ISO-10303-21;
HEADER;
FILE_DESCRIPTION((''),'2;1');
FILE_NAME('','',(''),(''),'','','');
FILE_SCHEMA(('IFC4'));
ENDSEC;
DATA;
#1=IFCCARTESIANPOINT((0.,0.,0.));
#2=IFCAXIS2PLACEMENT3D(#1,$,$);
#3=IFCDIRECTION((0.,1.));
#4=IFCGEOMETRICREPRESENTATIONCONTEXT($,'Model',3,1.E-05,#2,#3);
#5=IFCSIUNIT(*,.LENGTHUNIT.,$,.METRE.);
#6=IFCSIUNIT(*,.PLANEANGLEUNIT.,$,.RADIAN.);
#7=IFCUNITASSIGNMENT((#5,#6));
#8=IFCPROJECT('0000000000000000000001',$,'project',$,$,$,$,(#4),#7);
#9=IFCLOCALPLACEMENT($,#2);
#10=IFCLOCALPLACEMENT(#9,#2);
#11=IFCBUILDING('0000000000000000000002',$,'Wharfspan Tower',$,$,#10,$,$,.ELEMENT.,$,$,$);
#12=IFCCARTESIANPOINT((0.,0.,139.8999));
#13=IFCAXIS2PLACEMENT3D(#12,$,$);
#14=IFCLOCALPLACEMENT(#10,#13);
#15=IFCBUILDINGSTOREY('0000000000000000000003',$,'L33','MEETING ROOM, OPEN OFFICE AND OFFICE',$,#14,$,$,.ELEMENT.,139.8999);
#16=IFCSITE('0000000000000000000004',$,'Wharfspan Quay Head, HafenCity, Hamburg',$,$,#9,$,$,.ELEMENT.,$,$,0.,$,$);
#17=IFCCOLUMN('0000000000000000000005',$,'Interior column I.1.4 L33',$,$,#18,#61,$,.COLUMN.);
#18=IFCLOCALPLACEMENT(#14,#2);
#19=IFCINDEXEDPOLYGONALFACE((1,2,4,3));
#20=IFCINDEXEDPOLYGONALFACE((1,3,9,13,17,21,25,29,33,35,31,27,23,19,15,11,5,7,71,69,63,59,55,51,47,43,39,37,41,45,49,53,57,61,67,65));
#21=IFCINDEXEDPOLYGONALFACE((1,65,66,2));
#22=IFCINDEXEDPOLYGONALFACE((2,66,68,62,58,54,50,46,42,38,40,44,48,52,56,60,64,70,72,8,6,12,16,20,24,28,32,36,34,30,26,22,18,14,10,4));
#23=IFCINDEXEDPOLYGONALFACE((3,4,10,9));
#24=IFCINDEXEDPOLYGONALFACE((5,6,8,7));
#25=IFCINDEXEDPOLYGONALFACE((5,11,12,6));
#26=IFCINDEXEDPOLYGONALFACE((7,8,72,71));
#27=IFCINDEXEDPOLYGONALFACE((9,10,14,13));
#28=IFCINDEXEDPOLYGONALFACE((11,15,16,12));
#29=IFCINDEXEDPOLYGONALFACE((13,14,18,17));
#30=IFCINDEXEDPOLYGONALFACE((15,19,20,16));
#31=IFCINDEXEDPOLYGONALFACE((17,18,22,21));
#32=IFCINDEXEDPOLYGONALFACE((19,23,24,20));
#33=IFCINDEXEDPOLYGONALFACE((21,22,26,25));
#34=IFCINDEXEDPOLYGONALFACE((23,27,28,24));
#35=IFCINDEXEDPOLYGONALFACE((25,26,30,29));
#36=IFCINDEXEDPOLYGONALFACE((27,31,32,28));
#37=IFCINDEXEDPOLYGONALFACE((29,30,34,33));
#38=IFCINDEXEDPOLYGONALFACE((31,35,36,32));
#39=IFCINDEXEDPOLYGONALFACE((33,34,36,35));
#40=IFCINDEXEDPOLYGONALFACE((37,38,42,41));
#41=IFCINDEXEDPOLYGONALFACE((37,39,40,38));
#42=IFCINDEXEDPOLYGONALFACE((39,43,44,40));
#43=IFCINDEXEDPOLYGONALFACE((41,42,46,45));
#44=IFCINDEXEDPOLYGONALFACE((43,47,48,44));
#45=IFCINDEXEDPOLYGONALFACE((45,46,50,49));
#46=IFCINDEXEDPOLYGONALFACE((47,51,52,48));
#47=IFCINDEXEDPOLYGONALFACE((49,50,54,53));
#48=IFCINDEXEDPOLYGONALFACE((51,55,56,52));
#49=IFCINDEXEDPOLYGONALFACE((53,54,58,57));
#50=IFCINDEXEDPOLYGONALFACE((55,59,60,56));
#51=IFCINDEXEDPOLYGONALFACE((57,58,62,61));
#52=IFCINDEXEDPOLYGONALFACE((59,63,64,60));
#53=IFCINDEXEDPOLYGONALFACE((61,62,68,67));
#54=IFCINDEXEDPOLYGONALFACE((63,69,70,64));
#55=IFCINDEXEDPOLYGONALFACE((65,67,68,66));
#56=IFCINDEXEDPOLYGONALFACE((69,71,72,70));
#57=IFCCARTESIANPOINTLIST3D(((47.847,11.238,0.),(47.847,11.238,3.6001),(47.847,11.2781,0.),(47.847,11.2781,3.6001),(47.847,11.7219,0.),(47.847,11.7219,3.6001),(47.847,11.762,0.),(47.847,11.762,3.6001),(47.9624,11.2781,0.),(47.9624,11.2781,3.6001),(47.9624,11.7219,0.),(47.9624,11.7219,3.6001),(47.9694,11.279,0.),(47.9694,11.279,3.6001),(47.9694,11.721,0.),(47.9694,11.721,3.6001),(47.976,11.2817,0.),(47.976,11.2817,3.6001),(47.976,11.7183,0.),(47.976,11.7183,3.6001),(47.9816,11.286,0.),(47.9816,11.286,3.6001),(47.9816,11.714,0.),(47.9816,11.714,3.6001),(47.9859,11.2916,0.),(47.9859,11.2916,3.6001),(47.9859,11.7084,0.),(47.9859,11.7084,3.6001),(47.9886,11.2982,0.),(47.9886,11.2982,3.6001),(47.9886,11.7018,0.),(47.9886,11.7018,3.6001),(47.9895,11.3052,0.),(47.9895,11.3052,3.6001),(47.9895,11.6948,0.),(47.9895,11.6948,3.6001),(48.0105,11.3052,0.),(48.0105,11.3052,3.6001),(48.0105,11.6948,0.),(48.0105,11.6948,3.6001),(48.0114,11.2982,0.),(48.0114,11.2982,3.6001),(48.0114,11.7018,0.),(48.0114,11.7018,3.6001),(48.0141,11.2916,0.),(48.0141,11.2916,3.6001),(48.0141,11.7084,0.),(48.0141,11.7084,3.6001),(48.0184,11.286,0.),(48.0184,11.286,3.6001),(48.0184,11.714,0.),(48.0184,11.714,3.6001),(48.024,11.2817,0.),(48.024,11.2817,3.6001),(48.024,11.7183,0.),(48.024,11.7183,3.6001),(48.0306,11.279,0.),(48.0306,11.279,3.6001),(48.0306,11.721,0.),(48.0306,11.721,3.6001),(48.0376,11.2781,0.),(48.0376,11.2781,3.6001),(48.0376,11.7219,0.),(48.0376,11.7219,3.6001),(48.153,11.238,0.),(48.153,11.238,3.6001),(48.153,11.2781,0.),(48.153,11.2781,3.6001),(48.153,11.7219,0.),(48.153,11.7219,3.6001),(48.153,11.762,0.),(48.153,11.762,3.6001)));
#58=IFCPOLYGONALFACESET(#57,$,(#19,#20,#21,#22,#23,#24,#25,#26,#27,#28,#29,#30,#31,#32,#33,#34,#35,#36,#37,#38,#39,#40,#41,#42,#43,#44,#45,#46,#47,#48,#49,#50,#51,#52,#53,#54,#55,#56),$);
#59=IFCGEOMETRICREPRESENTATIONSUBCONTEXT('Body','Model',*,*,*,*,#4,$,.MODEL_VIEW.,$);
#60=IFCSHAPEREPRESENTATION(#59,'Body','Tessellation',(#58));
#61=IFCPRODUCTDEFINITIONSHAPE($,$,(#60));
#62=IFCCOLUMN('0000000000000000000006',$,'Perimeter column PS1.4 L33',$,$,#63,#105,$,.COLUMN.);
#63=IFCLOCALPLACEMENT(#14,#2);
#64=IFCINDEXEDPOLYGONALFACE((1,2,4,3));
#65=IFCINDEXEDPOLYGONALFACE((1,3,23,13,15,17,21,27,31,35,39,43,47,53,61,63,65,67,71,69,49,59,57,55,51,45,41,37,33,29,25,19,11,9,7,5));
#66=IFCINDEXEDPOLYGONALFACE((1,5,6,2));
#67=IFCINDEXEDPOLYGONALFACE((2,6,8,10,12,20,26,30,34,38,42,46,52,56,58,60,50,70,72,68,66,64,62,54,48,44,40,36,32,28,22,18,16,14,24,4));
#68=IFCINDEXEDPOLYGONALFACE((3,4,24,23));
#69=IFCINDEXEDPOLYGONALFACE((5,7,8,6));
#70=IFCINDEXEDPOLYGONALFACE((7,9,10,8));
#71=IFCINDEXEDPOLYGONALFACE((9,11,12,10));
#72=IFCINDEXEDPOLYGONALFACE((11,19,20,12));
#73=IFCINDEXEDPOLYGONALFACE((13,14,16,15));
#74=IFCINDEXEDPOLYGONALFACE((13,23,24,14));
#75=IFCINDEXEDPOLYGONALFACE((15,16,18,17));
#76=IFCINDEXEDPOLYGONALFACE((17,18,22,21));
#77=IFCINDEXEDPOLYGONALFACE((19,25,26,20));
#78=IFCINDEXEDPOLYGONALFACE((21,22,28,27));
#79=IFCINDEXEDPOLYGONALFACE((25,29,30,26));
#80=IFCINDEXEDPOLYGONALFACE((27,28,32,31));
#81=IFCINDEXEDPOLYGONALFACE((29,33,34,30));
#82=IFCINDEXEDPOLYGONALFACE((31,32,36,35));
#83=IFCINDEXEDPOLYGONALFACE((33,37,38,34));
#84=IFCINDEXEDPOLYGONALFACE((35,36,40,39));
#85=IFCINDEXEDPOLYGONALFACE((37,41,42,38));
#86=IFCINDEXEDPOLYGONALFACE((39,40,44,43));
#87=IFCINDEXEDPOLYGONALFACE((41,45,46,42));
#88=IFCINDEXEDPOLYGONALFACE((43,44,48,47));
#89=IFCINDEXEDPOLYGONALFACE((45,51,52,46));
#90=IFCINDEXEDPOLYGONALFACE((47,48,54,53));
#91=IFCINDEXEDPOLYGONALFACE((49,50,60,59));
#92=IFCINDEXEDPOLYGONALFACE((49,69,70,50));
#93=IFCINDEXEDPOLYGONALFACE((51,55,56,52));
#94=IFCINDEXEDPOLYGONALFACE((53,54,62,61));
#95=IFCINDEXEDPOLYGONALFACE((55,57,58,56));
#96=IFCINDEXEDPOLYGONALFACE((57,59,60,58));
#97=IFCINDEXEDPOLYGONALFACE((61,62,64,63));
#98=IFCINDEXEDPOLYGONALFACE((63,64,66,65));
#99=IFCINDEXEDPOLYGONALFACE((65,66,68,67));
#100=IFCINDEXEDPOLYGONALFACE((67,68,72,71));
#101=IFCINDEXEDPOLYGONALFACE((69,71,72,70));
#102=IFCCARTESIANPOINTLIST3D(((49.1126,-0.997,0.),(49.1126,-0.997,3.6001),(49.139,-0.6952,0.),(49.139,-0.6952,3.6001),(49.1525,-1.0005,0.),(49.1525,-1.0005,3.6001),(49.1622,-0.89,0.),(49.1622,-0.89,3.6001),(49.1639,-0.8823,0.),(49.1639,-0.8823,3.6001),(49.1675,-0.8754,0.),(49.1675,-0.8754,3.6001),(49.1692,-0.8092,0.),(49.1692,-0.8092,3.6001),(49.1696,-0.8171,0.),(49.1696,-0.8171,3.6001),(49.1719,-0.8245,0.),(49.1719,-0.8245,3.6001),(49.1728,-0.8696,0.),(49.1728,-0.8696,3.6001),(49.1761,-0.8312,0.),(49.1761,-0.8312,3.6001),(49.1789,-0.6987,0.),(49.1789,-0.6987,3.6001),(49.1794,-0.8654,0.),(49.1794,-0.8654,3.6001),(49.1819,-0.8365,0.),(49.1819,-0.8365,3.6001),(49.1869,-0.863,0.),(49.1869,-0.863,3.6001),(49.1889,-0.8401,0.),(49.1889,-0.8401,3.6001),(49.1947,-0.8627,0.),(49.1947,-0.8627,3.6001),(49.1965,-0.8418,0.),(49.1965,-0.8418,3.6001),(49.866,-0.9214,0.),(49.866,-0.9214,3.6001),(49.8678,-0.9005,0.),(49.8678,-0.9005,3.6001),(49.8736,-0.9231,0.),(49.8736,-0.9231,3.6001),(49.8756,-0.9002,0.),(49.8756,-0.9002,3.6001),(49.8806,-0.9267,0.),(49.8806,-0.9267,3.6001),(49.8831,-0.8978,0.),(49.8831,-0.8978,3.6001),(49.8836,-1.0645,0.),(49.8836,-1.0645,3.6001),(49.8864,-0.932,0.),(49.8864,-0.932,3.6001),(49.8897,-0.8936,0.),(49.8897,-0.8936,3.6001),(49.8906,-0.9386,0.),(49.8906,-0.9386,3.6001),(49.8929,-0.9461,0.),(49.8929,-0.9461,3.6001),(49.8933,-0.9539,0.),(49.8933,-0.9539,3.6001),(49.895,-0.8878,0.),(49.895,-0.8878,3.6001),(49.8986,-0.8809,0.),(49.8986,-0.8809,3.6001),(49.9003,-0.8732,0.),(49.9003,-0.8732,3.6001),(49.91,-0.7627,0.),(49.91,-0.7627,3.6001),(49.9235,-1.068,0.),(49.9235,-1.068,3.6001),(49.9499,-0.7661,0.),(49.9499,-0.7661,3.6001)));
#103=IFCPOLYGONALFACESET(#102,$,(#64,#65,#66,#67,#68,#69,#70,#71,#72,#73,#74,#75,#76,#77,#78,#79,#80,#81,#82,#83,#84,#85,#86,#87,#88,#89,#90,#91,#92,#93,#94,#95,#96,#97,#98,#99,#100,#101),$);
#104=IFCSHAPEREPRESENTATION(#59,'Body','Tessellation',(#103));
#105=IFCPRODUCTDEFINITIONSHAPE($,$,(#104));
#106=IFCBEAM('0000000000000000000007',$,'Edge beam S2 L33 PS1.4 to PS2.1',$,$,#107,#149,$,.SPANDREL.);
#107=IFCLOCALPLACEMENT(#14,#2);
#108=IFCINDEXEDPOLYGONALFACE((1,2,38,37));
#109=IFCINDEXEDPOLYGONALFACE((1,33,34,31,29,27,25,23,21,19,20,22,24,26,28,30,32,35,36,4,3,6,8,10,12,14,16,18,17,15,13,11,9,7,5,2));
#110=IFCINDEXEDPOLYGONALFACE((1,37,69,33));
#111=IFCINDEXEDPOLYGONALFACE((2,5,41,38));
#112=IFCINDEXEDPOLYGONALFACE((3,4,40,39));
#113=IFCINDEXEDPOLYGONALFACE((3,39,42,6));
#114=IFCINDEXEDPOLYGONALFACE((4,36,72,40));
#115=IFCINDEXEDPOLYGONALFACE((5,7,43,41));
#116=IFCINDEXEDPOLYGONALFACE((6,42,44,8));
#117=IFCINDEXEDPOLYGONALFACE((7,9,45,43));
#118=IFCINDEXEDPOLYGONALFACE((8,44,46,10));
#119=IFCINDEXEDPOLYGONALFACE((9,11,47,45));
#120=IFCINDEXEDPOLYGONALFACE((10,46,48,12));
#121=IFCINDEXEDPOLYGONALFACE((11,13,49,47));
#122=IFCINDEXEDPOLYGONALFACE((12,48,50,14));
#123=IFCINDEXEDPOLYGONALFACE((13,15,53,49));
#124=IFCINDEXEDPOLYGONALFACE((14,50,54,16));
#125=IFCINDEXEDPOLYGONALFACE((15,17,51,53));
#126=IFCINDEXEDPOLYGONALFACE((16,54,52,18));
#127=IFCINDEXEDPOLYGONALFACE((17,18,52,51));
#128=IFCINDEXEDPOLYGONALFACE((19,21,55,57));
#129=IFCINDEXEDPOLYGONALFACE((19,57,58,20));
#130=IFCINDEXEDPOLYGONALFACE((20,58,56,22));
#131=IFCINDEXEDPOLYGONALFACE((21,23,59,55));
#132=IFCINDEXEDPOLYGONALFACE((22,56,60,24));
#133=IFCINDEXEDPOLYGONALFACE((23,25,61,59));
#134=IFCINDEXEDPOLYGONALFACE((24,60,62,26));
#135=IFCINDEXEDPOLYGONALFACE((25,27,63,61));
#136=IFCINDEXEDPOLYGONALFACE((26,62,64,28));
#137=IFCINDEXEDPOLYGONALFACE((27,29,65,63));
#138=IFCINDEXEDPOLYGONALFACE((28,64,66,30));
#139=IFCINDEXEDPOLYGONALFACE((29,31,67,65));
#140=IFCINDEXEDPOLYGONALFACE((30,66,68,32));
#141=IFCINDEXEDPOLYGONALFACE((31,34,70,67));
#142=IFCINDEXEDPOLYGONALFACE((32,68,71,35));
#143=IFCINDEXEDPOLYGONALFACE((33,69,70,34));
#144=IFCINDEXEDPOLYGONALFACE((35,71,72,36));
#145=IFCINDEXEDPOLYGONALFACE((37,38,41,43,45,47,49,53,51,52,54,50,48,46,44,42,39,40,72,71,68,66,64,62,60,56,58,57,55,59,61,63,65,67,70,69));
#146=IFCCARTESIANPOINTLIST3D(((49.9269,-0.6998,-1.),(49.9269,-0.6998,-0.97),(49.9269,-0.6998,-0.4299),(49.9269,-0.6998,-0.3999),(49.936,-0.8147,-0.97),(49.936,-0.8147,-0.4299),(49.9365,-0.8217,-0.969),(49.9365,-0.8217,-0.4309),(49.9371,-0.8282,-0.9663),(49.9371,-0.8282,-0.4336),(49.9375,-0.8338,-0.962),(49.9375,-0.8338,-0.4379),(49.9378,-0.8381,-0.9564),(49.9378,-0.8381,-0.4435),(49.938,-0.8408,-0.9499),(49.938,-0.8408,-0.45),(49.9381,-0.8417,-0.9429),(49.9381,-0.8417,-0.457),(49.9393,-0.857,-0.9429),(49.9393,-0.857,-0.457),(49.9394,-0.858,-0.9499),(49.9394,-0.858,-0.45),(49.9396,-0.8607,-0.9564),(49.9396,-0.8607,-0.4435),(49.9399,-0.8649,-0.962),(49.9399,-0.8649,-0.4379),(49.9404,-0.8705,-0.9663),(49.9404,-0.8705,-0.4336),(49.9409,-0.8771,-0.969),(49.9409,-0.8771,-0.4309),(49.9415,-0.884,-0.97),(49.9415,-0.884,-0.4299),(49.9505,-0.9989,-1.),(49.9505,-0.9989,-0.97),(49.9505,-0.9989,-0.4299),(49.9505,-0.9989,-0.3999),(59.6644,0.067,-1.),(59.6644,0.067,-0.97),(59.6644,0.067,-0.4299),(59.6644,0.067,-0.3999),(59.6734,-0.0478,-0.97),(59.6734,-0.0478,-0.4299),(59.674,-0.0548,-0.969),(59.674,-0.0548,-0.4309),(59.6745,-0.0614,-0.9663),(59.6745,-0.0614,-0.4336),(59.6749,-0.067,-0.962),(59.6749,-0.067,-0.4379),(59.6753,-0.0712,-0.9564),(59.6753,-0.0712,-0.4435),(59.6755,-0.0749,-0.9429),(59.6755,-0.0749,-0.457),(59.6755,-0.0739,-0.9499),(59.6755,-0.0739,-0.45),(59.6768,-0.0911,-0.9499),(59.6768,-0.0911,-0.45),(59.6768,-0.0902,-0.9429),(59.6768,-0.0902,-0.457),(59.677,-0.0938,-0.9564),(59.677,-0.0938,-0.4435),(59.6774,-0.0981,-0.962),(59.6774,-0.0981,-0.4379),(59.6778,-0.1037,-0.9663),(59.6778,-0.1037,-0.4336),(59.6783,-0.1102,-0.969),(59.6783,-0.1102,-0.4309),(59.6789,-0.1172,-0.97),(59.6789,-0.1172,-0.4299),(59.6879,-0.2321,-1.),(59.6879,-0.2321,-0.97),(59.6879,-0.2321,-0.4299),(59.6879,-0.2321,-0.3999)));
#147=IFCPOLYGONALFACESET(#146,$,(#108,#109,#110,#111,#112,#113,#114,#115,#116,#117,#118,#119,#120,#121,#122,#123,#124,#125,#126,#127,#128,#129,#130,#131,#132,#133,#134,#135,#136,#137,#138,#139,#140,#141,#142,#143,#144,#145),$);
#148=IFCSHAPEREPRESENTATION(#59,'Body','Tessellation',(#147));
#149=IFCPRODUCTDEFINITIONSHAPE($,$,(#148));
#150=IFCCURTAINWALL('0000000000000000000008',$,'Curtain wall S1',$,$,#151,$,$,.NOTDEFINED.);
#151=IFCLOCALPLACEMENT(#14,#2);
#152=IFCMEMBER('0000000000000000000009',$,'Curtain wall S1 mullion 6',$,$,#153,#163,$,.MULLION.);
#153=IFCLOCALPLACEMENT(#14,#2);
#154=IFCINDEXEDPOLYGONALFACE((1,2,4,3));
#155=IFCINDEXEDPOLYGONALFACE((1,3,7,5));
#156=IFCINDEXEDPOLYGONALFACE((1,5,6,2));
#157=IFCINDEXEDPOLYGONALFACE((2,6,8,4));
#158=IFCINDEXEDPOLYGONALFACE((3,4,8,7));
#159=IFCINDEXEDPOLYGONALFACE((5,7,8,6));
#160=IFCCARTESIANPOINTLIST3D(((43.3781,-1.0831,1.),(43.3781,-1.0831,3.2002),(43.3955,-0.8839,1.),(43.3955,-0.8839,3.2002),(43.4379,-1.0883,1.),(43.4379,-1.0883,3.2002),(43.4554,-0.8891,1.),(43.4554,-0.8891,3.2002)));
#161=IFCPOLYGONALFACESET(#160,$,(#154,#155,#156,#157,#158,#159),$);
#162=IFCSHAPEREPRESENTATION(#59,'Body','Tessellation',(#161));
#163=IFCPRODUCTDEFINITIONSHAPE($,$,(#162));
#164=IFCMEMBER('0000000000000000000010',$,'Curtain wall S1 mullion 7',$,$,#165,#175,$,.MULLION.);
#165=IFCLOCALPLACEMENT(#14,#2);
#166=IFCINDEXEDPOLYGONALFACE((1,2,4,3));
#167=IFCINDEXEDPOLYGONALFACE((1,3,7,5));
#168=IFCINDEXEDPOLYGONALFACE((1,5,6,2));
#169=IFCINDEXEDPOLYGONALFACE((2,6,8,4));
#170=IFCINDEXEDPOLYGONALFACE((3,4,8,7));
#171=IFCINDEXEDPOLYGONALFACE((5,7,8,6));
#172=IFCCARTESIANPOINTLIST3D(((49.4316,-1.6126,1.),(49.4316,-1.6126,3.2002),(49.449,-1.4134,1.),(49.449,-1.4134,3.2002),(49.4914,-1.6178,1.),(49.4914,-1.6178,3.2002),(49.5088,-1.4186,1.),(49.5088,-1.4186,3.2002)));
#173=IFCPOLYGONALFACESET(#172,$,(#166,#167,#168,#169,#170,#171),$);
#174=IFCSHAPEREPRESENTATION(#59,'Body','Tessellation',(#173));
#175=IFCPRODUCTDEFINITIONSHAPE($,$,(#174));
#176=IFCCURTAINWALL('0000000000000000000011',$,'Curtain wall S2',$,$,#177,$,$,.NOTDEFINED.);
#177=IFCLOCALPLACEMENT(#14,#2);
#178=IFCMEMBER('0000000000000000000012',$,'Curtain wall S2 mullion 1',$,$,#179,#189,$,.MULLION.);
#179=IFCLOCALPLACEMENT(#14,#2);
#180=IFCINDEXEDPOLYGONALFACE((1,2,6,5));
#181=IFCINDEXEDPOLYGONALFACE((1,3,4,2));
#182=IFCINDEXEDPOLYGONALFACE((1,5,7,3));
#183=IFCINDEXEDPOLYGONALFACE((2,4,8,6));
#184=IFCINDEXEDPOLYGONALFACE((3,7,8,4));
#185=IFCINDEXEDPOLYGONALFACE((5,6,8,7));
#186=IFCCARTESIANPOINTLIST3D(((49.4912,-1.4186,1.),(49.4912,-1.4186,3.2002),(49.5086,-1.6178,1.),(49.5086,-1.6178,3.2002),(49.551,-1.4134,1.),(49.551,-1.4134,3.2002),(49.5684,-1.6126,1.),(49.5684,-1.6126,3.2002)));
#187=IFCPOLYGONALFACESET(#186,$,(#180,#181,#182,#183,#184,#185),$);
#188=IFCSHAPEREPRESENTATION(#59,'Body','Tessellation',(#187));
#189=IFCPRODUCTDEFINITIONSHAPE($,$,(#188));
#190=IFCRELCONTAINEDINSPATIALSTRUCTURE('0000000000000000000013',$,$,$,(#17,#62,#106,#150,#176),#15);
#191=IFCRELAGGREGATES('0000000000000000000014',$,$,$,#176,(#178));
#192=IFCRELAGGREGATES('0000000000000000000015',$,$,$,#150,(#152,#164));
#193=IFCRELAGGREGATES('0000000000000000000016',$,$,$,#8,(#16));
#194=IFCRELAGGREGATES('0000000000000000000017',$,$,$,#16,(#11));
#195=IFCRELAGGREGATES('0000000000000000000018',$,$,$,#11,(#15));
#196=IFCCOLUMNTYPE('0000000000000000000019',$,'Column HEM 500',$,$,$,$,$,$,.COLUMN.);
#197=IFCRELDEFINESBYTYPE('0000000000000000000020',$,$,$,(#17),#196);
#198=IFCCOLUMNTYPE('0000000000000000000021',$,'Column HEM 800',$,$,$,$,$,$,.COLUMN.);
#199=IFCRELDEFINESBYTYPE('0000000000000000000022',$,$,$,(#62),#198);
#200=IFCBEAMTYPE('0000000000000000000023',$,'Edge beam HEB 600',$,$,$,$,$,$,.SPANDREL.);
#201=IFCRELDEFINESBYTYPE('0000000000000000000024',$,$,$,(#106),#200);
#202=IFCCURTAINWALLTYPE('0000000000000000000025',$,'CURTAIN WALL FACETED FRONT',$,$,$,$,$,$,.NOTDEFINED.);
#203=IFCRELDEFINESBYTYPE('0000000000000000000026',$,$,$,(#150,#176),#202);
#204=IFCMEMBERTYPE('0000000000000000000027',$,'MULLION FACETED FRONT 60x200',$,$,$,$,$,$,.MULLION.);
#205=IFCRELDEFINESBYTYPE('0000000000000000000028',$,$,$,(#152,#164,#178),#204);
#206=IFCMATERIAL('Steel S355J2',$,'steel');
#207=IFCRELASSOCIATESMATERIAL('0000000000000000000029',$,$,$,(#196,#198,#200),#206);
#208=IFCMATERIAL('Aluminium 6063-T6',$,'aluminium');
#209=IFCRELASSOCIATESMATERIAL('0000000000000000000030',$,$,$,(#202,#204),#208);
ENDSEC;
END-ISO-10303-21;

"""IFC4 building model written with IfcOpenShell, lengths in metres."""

from ifc_helpers import new_model, si_unit, direction, frame, origin, origin_2d, place, context, subcontext, project, spatial, rectangle, i_section, extrude, material, material_profile, profile_set, type_object, element, aggregate, save


model = new_model("IFC4")

# Units and contexts
model_context = context("Model", 3, precision=1e-05, world=origin(), true_north=direction((0.0, 1.0)))
body_context = subcontext(model_context, "Body", "Model", "MODEL_VIEW")
ifc_project = project(units=[si_unit("LENGTHUNIT", "METRE"), si_unit("PLANEANGLEUNIT", "RADIAN")], contexts=[model_context])

# Site, building, storey
site_placement = place(None, origin())
site = spatial("IfcSite", under=ifc_project, at=site_placement, Name="Wharfspan Quay Head, HafenCity, Hamburg", CompositionType="ELEMENT", RefElevation=0.0)
building_placement = place(site_placement, origin())
building = spatial("IfcBuilding", under=site, at=building_placement, Name="Wharfspan Tower", CompositionType="ELEMENT")
storey_placement = place(building_placement, frame((0.0, 0.0, 139.8999)))
storey = spatial("IfcBuildingStorey", under=building, at=storey_placement, Name="L33", Description="MEETING ROOM, OPEN OFFICE AND OFFICE", CompositionType="ELEMENT", Elevation=139.8999)

# Columns
ifc_material_1 = material(Name="Steel S355J2", Category="steel")
ifc_material_profile_1 = material_profile(ifc_material_1, i_section(OverallWidth=0.3059, OverallDepth=0.5239, WebThickness=0.021, FlangeThickness=0.04, FilletRadius=0.0271, at=origin_2d()))
ifc_profile_set_1 = profile_set([ifc_material_profile_1], Name="Steel S355J2")
column_type_1 = type_object("IfcColumnType", Name="Column HEM 500", PredefinedType="COLUMN", material=ifc_profile_set_1)
column_1_placement = place(storey_placement, frame((48.0, 11.5, 0.0), z_axis=(0.0, 0.0, 1.0), x_axis=(1.0, 0.0, 0.0)))
element("IfcColumn", 1, at=column_1_placement, inside=storey, type_object=column_type_1, Name="Interior column I.1.4 L33", PredefinedType="COLUMN", context=body_context, shape_type="SweptSolid", body=[
    extrude(i_section(OverallWidth=0.3059, OverallDepth=0.5239, WebThickness=0.021, FlangeThickness=0.04, FilletRadius=0.0271, at=origin_2d()), origin(), (0.0, 0.0, 1.0), 3.6001),
])
ifc_material_profile_2 = material_profile(ifc_material_1, i_section(OverallWidth=0.303, OverallDepth=0.814, WebThickness=0.021, FlangeThickness=0.04, FilletRadius=0.03, at=origin_2d()))
ifc_profile_set_2 = profile_set([ifc_material_profile_2], Name="Steel S355J2")
column_type_2 = type_object("IfcColumnType", Name="Column HEM 800", PredefinedType="COLUMN", material=ifc_profile_set_2)
column_2_placement = place(storey_placement, frame((49.5312, -0.8816, 0.0), z_axis=(0.0, 0.0, 1.0), x_axis=(-0.087156, -0.996198, 0.0)))
element("IfcColumn", 2, at=column_2_placement, inside=storey, type_object=column_type_2, Name="Perimeter column PS1.4 L33", PredefinedType="COLUMN", context=body_context, shape_type="SweptSolid", body=[
    extrude(i_section(OverallWidth=0.303, OverallDepth=0.814, WebThickness=0.021, FlangeThickness=0.04, FilletRadius=0.03, at=origin_2d()), origin(), (0.0, 0.0, 1.0), 3.6001),
])

# Beam
ifc_material_profile_3 = material_profile(ifc_material_1, i_section(OverallWidth=0.3, OverallDepth=0.6001, WebThickness=0.0154, FlangeThickness=0.03, FilletRadius=0.0271, at=origin_2d()))
ifc_profile_set_3 = profile_set([ifc_material_profile_3], Name="Steel S355J2")
beam_type = type_object("IfcBeamType", Name="Edge beam HEB 600", PredefinedType="SPANDREL", material=ifc_profile_set_3)
beam_placement = place(storey_placement, frame((49.9387, -0.8494, -0.7), z_axis=(0.996913, 0.078508, 0.0), x_axis=(-0.078508, 0.996913, 0.0)))
element("IfcBeam", 3, at=beam_placement, inside=storey, type_object=beam_type, Name="Edge beam S2 L33 PS1.4 to PS2.1", PredefinedType="SPANDREL", context=body_context, shape_type="SweptSolid", body=[
    extrude(i_section(OverallWidth=0.3, OverallDepth=0.6001, WebThickness=0.0154, FlangeThickness=0.03, FilletRadius=0.0271, at=origin_2d()), origin(), (0.0, 0.0, 1.0), 9.7676),
])

# Curtain wall, members
ifc_material_2 = material(Name="Aluminium 6063-T6", Category="aluminium")
curtain_wall_type = type_object("IfcCurtainWallType", Name="CURTAIN WALL FACETED FRONT", PredefinedType="NOTDEFINED", material=ifc_material_2)
curtain_wall_1_placement = place(storey_placement, origin())
curtain_wall_1 = element("IfcCurtainWall", 4, at=curtain_wall_1_placement, inside=storey, type_object=curtain_wall_type, Name="Curtain wall S1", PredefinedType="NOTDEFINED")
ifc_material_profile_4 = material_profile(ifc_material_2, rectangle(XDim=0.2, YDim=0.0601, at=origin_2d()))
ifc_profile_set_4 = profile_set([ifc_material_profile_4], Name="Aluminium 6063-T6")
member_type_1 = type_object("IfcMemberType", Name="MULLION FACETED FRONT 60x200", PredefinedType="MULLION", material=ifc_profile_set_4)
member_1_placement = place(storey_placement, frame((43.4167, -0.9861, 1.0), z_axis=(0.0, 0.0, 1.0), x_axis=(0.087156, 0.996198, 0.0)))
member_1 = element("IfcMember", 5, at=member_1_placement, type_object=member_type_1, Name="Curtain wall S1 mullion 6", PredefinedType="MULLION", context=body_context, shape_type="SweptSolid", body=[
    extrude(rectangle(XDim=0.2, YDim=0.0601, at=origin_2d()), origin(), (0.0, 0.0, 1.0), 2.2002),
])
member_2_placement = place(storey_placement, frame((49.4702, -1.5156, 1.0), z_axis=(0.0, 0.0, 1.0), x_axis=(0.087156, 0.996198, 0.0)))
member_2 = element("IfcMember", 6, at=member_2_placement, type_object=member_type_1, Name="Curtain wall S1 mullion 7", PredefinedType="MULLION", context=body_context, shape_type="SweptSolid", body=[
    extrude(rectangle(XDim=0.2, YDim=0.0601, at=origin_2d()), origin(), (0.0, 0.0, 1.0), 2.2002),
])

# Curtain wall, member
curtain_wall_2_placement = place(storey_placement, origin())
curtain_wall_2 = element("IfcCurtainWall", 7, at=curtain_wall_2_placement, inside=storey, type_object=curtain_wall_type, Name="Curtain wall S2", PredefinedType="NOTDEFINED")
member_3_placement = place(storey_placement, frame((49.5298, -1.5156, 1.0), z_axis=(0.0, 0.0, 1.0), x_axis=(-0.087156, 0.996198, 0.0)))
member_3 = element("IfcMember", 8, at=member_3_placement, type_object=member_type_1, Name="Curtain wall S2 mullion 1", PredefinedType="MULLION", context=body_context, shape_type="SweptSolid", body=[
    extrude(rectangle(XDim=0.2, YDim=0.0601, at=origin_2d()), origin(), (0.0, 0.0, 1.0), 2.2002),
])

aggregate(curtain_wall_2, [member_3])

aggregate(curtain_wall_1, [member_1, member_2])

save(model, "model.ifc")
